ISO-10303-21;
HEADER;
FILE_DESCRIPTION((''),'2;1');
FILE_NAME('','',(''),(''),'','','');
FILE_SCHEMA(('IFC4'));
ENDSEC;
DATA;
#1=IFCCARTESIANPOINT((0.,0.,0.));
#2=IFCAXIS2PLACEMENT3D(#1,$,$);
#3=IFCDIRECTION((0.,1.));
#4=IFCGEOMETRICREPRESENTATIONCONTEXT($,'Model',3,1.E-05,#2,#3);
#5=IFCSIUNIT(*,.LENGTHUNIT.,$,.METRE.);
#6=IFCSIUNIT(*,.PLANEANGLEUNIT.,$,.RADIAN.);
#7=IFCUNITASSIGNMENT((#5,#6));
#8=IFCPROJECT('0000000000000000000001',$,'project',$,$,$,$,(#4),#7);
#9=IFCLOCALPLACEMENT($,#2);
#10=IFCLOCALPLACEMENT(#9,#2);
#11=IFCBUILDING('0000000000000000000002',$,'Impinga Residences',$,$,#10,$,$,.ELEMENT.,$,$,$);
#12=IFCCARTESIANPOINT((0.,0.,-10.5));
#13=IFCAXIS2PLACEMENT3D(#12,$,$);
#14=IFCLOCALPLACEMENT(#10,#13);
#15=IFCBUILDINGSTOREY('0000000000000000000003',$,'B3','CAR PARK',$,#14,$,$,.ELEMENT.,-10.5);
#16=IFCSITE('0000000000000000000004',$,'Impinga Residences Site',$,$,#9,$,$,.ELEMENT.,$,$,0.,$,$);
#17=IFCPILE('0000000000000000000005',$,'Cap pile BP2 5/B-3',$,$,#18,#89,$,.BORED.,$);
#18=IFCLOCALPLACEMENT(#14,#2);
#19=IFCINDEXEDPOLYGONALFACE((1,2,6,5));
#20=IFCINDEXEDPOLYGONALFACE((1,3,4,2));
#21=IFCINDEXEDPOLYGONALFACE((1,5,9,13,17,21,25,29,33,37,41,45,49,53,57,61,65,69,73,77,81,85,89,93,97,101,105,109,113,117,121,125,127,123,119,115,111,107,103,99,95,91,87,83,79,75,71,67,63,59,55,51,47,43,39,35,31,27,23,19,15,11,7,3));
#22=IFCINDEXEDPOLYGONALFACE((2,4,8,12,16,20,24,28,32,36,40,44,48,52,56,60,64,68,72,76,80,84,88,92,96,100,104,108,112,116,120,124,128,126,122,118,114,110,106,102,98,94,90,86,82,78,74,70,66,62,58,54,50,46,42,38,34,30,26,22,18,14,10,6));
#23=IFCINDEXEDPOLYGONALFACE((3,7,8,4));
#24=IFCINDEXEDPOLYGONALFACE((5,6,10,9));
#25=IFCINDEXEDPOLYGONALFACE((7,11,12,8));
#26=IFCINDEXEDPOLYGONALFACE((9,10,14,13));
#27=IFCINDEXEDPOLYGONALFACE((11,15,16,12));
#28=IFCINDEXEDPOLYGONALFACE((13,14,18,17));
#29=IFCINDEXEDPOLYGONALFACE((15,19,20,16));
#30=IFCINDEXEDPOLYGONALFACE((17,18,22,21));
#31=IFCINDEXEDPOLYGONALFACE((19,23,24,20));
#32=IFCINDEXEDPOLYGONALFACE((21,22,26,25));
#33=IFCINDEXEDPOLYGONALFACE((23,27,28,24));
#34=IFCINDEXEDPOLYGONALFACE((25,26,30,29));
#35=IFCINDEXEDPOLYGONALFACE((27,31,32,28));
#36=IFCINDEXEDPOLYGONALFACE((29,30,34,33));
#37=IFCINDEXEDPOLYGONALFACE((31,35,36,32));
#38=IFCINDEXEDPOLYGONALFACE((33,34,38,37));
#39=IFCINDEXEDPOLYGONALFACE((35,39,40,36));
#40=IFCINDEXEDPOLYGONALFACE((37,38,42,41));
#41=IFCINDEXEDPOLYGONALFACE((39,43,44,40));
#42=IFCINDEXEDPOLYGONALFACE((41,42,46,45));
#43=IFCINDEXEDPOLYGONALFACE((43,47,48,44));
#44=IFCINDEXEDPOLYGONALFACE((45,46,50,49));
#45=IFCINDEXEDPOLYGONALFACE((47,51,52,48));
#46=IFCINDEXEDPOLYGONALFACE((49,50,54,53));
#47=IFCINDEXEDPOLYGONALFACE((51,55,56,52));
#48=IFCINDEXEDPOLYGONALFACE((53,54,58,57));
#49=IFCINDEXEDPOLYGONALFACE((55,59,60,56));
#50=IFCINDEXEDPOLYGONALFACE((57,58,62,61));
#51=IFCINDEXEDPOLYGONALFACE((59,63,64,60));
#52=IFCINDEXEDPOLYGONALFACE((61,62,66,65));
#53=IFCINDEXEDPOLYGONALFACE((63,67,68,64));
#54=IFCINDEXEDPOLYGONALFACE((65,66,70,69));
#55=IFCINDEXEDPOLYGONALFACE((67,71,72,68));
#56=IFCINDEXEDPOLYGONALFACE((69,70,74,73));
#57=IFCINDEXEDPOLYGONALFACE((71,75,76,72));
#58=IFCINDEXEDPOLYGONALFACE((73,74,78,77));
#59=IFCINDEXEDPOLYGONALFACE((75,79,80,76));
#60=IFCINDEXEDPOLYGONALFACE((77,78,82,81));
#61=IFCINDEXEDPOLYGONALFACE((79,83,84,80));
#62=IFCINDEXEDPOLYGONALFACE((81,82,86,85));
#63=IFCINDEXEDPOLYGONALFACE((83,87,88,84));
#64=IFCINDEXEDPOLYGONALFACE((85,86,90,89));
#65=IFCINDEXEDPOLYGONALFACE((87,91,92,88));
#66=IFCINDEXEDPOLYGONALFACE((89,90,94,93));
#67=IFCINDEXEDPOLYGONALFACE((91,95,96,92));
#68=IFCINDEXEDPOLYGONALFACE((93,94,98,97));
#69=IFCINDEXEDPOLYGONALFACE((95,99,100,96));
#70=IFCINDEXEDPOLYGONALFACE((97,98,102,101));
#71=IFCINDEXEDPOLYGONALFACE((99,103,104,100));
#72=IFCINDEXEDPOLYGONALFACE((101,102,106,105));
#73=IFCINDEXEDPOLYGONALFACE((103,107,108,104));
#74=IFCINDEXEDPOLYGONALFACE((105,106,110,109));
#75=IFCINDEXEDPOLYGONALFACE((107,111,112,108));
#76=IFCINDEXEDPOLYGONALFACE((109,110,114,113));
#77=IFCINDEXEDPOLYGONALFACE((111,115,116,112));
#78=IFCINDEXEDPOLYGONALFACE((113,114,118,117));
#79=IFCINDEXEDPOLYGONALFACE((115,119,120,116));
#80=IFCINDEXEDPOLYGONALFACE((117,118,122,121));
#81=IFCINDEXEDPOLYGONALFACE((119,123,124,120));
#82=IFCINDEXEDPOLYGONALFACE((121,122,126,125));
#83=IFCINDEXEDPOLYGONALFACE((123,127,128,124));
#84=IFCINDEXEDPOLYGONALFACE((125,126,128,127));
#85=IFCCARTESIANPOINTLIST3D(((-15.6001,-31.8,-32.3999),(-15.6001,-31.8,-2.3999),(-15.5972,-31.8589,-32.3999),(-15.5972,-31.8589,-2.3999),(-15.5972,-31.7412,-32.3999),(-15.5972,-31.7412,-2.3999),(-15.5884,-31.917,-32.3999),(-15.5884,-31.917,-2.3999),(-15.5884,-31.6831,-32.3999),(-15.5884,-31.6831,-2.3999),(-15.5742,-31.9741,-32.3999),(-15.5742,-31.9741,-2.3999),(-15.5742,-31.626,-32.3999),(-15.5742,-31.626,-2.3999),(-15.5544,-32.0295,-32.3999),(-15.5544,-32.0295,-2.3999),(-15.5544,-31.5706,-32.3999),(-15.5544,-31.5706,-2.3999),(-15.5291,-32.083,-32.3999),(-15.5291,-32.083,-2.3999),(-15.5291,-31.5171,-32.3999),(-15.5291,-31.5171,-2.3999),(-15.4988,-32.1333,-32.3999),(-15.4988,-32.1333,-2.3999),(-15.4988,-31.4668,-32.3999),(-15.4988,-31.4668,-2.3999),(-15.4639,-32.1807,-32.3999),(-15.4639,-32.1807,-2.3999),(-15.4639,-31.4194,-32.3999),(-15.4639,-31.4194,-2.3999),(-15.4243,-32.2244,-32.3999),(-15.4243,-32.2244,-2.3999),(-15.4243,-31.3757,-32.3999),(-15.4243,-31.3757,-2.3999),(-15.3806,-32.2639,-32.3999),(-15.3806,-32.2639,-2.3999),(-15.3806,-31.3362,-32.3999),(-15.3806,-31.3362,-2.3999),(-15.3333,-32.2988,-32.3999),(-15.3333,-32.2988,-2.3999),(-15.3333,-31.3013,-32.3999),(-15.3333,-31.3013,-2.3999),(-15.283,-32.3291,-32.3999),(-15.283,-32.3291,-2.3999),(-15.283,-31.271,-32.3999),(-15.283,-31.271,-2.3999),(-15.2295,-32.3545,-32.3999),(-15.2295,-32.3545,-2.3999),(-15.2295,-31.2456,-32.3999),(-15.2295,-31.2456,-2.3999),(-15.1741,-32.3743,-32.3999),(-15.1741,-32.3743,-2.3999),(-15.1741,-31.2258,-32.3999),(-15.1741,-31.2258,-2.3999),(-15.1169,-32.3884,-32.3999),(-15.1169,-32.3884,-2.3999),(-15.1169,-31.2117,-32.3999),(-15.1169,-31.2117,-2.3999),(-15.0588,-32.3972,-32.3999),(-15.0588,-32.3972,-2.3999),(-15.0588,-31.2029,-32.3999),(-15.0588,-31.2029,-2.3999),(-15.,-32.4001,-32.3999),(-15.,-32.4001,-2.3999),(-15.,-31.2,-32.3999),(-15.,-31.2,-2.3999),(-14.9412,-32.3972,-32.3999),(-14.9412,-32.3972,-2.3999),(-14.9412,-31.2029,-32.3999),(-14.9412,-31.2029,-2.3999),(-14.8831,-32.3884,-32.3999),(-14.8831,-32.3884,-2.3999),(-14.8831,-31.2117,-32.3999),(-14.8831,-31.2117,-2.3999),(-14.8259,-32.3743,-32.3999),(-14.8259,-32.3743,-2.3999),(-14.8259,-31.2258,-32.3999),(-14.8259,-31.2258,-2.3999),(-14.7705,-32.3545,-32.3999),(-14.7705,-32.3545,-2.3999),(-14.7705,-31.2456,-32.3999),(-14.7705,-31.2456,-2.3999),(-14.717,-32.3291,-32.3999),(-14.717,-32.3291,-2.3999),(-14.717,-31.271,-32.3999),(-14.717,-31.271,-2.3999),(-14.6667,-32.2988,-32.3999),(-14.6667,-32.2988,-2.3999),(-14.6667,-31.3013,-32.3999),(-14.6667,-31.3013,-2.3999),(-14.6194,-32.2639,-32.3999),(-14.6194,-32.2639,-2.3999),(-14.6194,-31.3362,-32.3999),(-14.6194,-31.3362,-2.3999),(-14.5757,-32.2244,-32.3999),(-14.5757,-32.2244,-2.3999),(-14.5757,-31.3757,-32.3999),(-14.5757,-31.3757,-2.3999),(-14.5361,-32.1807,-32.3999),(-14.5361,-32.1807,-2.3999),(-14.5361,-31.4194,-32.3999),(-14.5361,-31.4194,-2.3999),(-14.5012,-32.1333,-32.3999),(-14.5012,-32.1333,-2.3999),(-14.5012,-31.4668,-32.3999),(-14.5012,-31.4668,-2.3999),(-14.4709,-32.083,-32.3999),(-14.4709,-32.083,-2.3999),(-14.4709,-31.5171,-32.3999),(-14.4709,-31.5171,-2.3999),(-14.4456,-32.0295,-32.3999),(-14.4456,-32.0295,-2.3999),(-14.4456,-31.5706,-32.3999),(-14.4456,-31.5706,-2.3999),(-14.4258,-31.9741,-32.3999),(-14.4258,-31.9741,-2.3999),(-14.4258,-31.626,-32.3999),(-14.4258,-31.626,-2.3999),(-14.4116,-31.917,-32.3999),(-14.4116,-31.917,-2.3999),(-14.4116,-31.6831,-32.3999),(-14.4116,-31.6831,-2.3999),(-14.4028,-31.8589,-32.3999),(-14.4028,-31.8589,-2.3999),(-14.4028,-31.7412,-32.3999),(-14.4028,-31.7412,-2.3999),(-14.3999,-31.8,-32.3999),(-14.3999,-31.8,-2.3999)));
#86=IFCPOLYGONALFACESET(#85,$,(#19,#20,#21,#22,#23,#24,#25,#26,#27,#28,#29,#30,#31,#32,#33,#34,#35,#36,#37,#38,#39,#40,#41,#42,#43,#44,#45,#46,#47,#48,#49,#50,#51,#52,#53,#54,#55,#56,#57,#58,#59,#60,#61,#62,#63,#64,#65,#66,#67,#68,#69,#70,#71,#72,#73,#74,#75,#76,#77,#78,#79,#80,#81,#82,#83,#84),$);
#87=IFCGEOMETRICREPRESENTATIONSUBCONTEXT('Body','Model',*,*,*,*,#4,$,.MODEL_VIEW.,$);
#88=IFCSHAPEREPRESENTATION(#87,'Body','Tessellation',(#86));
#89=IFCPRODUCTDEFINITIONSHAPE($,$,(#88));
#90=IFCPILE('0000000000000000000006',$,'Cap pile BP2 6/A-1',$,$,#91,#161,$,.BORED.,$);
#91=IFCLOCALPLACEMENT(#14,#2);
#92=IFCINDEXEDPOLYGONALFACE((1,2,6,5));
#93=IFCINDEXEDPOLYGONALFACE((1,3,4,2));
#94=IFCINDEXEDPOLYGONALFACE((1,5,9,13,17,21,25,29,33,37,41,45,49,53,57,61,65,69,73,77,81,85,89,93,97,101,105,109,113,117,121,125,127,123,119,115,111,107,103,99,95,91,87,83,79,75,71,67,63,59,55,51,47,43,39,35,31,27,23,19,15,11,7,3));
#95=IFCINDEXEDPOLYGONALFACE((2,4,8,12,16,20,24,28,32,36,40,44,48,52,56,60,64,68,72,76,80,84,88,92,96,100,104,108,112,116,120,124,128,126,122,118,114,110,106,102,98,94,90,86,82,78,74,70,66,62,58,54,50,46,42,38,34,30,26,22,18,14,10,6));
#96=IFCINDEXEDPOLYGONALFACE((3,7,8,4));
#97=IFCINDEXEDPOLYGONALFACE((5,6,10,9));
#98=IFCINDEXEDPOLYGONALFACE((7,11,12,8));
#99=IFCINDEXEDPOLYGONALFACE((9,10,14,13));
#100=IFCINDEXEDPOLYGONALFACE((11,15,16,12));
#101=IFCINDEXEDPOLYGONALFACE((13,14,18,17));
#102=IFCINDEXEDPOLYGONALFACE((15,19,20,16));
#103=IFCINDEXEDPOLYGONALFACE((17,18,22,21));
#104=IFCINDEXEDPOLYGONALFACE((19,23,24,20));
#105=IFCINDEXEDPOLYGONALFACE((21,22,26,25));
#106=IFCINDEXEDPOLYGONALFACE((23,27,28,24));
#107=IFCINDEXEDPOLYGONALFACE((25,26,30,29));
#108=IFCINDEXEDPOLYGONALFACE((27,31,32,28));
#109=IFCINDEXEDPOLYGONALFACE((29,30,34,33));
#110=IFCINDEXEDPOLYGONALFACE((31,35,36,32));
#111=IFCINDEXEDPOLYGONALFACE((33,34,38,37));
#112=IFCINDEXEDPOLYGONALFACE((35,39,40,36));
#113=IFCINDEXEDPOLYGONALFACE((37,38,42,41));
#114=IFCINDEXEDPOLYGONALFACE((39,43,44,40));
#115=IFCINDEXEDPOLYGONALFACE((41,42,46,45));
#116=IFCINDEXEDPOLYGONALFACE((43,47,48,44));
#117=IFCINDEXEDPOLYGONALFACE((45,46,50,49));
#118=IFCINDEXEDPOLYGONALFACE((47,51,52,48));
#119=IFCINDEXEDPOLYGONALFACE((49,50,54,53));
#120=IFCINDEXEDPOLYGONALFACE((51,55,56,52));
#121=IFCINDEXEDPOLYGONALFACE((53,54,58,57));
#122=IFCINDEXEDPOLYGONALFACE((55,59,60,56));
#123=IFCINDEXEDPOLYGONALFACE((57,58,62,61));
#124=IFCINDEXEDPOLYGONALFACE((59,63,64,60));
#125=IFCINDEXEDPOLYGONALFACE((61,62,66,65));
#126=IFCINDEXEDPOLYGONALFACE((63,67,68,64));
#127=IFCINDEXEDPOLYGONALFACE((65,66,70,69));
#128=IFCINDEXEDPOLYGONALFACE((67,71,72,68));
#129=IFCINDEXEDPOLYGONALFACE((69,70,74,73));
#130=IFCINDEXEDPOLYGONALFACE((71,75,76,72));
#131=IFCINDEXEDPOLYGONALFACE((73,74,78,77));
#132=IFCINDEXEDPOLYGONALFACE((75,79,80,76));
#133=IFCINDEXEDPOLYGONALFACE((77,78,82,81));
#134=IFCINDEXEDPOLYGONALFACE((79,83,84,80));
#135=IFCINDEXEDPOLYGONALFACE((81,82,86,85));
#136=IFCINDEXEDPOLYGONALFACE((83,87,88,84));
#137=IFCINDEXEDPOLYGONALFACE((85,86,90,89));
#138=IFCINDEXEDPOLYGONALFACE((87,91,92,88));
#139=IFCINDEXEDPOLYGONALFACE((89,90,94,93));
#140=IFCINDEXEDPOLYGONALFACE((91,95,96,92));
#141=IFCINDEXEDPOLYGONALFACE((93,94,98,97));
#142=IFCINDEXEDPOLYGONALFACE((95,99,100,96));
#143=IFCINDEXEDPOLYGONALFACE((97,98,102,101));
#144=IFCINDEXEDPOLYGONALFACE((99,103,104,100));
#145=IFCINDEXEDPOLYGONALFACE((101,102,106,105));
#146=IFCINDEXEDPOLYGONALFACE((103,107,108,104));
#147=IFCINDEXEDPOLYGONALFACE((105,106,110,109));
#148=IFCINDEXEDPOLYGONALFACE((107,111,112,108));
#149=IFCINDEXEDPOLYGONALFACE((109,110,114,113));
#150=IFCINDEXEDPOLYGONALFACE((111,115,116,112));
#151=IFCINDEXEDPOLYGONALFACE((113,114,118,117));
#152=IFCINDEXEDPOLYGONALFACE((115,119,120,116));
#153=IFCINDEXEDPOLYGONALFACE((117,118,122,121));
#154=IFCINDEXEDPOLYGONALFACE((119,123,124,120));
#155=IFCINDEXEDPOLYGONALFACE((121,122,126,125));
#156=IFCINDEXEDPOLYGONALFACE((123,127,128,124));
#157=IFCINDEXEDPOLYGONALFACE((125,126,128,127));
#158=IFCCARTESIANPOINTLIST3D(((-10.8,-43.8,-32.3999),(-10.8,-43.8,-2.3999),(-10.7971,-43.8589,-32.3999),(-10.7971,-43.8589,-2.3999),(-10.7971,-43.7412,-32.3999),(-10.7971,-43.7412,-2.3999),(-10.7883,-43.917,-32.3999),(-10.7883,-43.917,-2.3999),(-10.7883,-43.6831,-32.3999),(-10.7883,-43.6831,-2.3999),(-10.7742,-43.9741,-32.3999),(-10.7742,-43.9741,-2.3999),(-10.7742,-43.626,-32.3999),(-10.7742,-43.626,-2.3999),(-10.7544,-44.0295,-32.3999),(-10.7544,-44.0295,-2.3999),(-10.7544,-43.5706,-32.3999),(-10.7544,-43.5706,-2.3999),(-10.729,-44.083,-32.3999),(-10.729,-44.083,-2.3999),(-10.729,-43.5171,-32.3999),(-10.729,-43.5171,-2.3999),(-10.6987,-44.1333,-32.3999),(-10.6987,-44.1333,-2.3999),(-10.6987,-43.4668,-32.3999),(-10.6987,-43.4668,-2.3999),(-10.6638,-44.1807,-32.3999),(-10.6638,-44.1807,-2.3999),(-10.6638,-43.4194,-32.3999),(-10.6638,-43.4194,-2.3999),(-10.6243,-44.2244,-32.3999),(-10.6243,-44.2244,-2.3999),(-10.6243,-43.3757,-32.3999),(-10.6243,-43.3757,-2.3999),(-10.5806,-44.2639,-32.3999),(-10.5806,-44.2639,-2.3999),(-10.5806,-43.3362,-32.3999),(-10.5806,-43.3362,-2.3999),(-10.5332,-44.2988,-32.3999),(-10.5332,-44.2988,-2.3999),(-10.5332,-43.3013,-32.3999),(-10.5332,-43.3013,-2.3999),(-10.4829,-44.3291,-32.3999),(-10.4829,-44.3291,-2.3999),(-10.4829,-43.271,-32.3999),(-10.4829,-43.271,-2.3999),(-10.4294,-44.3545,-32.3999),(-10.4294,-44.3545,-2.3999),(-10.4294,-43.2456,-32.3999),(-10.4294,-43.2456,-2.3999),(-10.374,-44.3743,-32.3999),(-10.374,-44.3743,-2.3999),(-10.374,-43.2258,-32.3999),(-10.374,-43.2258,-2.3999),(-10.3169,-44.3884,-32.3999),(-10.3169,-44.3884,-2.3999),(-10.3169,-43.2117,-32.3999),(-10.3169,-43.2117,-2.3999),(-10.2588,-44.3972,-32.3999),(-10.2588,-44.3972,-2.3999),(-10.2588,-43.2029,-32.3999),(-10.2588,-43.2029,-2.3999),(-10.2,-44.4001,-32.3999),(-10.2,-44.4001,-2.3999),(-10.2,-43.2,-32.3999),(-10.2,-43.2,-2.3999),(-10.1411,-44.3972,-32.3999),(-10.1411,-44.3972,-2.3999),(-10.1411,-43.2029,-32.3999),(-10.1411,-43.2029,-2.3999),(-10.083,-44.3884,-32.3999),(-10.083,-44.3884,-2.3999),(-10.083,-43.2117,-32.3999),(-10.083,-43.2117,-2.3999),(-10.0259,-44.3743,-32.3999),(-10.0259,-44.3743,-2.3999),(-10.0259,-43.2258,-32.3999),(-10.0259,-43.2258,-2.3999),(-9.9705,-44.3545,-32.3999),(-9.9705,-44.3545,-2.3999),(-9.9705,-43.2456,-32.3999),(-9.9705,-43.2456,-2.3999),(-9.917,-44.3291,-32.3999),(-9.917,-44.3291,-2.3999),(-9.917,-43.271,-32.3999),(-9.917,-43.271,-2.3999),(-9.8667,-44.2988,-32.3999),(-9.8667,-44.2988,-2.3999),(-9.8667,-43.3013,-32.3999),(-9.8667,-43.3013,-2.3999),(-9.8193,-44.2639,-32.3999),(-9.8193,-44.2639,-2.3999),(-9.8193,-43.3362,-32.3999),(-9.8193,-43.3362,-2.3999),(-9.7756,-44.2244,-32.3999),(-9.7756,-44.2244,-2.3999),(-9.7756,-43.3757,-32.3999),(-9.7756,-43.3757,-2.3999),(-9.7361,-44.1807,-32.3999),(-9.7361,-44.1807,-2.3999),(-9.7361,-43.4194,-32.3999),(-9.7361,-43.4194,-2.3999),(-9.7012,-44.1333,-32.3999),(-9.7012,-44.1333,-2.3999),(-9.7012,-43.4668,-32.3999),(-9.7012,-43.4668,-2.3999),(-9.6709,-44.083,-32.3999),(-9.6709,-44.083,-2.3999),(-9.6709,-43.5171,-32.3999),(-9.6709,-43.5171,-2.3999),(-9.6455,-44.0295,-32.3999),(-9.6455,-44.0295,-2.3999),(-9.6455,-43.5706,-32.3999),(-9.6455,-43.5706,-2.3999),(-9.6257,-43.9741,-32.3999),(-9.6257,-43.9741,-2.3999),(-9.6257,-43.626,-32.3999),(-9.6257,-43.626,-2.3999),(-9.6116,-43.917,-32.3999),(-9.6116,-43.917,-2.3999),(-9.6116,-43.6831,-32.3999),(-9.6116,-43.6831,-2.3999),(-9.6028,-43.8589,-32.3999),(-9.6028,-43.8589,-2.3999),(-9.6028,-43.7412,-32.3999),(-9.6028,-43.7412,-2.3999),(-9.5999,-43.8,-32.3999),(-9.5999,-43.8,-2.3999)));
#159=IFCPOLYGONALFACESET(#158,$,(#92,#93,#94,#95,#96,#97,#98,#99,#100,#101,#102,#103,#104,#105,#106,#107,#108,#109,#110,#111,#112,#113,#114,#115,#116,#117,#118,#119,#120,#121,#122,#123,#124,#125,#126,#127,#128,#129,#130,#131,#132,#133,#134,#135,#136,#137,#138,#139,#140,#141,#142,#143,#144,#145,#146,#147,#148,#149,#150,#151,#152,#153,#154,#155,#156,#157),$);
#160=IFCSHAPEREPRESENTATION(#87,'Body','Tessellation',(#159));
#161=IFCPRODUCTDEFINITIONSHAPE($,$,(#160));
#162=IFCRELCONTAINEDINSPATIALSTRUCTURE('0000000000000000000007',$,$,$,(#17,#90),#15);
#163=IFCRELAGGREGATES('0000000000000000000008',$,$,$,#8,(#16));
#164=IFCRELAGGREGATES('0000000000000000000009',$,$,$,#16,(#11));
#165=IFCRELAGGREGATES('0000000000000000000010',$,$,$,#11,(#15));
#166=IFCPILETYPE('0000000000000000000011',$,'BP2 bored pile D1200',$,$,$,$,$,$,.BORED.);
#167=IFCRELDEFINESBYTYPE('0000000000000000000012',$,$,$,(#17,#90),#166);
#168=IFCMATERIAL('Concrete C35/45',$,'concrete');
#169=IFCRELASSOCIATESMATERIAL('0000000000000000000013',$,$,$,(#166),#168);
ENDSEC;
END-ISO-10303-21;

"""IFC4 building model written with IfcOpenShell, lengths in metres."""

from ifc_helpers import new_model, si_unit, direction, frame, origin, origin_2d, place, context, subcontext, project, spatial, polyline, circle, outline, extrude, material, material_profile, profile_set, type_object, element, save


model = new_model("IFC4")

# Units and contexts
model_context = context("Model", 3, precision=1e-05, world=origin(), true_north=direction((0.0, 1.0)))
body_context = subcontext(model_context, "Body", "Model", "MODEL_VIEW")
ifc_project = project(units=[si_unit("LENGTHUNIT", "METRE"), si_unit("PLANEANGLEUNIT", "RADIAN")], contexts=[model_context])

# Site, building, storey
site_placement = place(None, origin())
site = spatial("IfcSite", under=ifc_project, at=site_placement, Name="Impinga Residences Site", CompositionType="ELEMENT", RefElevation=0.0)
building_placement = place(site_placement, origin())
building = spatial("IfcBuilding", under=site, at=building_placement, Name="Impinga Residences", CompositionType="ELEMENT")
storey_placement = place(building_placement, frame((0.0, 0.0, -10.5)))
storey = spatial("IfcBuildingStorey", under=building, at=storey_placement, Name="B3", Description="CAR PARK", CompositionType="ELEMENT", Elevation=-10.5)

# Piles
ifc_material_1 = material(Name="Concrete C35/45", Category="concrete")
ifc_material_profile_1 = material_profile(ifc_material_1, circle(Radius=0.6001, at=origin_2d()), Name="D1200")
ifc_profile_set_1 = profile_set([ifc_material_profile_1], Name="Concrete C35/45")
pile_type_1 = type_object("IfcPileType", Name="BP2 bored pile D1200", PredefinedType="BORED", material=ifc_profile_set_1)
pile_1_placement = place(storey_placement, frame((-15.0, -31.8, -2.3999), z_axis=(0.0, 0.0, -1.0), x_axis=(1.0, 0.0, 0.0)))
element("IfcPile", 1, at=pile_1_placement, inside=storey, type_object=pile_type_1, Name="Cap pile BP2 5/B-3", PredefinedType="BORED", context=body_context, shape_type="SweptSolid", body=[
    extrude(outline(polyline([(0.6001, 0.0), (0.5972, 0.0588), (0.5884, 0.1169), (0.5742, 0.1741), (0.5544, 0.2295), (0.5291, 0.283), (0.4988, 0.3333), (0.4639, 0.3806), (0.4243, 0.4243), (0.3806, 0.4639), (0.3333, 0.4988), (0.283, 0.5291), (0.2295, 0.5544), (0.1741, 0.5742), (0.1169, 0.5884), (0.0588, 0.5972), (0.0, 0.6001), (-0.0588, 0.5972), (-0.1169, 0.5884), (-0.1741, 0.5742), (-0.2295, 0.5544), (-0.283, 0.5291), (-0.3333, 0.4988), (-0.3806, 0.4639), (-0.4243, 0.4243), (-0.4639, 0.3806), (-0.4988, 0.3333), (-0.5291, 0.283), (-0.5544, 0.2295), (-0.5742, 0.1741), (-0.5884, 0.1169), (-0.5972, 0.0588), (-0.6001, 0.0), (-0.5972, -0.0588), (-0.5884, -0.1169), (-0.5742, -0.1741), (-0.5544, -0.2295), (-0.5291, -0.283), (-0.4988, -0.3333), (-0.4639, -0.3806), (-0.4243, -0.4243), (-0.3806, -0.4639), (-0.3333, -0.4988), (-0.283, -0.5291), (-0.2295, -0.5544), (-0.1741, -0.5742), (-0.1169, -0.5884), (-0.0588, -0.5972), (0.0, -0.6001), (0.0588, -0.5972), (0.1169, -0.5884), (0.1741, -0.5742), (0.2295, -0.5544), (0.283, -0.5291), (0.3333, -0.4988), (0.3806, -0.4639), (0.4243, -0.4243), (0.4639, -0.3806), (0.4988, -0.3333), (0.5291, -0.283), (0.5544, -0.2295), (0.5742, -0.1741), (0.5884, -0.1169), (0.5972, -0.0588), (0.6001, 0.0)])), origin(), (0.0, 0.0, 1.0), 30.0),
])
pile_2_placement = place(storey_placement, frame((-10.2, -43.8, -2.3999), z_axis=(0.0, 0.0, -1.0), x_axis=(1.0, 0.0, 0.0)))
element("IfcPile", 2, at=pile_2_placement, inside=storey, type_object=pile_type_1, Name="Cap pile BP2 6/A-1", PredefinedType="BORED", context=body_context, shape_type="SweptSolid", body=[
    extrude(outline(polyline([(0.6001, 0.0), (0.5972, 0.0588), (0.5884, 0.1169), (0.5742, 0.1741), (0.5544, 0.2295), (0.5291, 0.283), (0.4988, 0.3333), (0.4639, 0.3806), (0.4243, 0.4243), (0.3806, 0.4639), (0.3333, 0.4988), (0.283, 0.5291), (0.2295, 0.5544), (0.1741, 0.5742), (0.1169, 0.5884), (0.0588, 0.5972), (0.0, 0.6001), (-0.0588, 0.5972), (-0.1169, 0.5884), (-0.1741, 0.5742), (-0.2295, 0.5544), (-0.283, 0.5291), (-0.3333, 0.4988), (-0.3806, 0.4639), (-0.4243, 0.4243), (-0.4639, 0.3806), (-0.4988, 0.3333), (-0.5291, 0.283), (-0.5544, 0.2295), (-0.5742, 0.1741), (-0.5884, 0.1169), (-0.5972, 0.0588), (-0.6001, 0.0), (-0.5972, -0.0588), (-0.5884, -0.1169), (-0.5742, -0.1741), (-0.5544, -0.2295), (-0.5291, -0.283), (-0.4988, -0.3333), (-0.4639, -0.3806), (-0.4243, -0.4243), (-0.3806, -0.4639), (-0.3333, -0.4988), (-0.283, -0.5291), (-0.2295, -0.5544), (-0.1741, -0.5742), (-0.1169, -0.5884), (-0.0588, -0.5972), (0.0, -0.6001), (0.0588, -0.5972), (0.1169, -0.5884), (0.1741, -0.5742), (0.2295, -0.5544), (0.283, -0.5291), (0.3333, -0.4988), (0.3806, -0.4639), (0.4243, -0.4243), (0.4639, -0.3806), (0.4988, -0.3333), (0.5291, -0.283), (0.5544, -0.2295), (0.5742, -0.1741), (0.5884, -0.1169), (0.5972, -0.0588), (0.6001, 0.0)])), origin(), (0.0, 0.0, 1.0), 30.0),
])

save(model, "model.ifc")
